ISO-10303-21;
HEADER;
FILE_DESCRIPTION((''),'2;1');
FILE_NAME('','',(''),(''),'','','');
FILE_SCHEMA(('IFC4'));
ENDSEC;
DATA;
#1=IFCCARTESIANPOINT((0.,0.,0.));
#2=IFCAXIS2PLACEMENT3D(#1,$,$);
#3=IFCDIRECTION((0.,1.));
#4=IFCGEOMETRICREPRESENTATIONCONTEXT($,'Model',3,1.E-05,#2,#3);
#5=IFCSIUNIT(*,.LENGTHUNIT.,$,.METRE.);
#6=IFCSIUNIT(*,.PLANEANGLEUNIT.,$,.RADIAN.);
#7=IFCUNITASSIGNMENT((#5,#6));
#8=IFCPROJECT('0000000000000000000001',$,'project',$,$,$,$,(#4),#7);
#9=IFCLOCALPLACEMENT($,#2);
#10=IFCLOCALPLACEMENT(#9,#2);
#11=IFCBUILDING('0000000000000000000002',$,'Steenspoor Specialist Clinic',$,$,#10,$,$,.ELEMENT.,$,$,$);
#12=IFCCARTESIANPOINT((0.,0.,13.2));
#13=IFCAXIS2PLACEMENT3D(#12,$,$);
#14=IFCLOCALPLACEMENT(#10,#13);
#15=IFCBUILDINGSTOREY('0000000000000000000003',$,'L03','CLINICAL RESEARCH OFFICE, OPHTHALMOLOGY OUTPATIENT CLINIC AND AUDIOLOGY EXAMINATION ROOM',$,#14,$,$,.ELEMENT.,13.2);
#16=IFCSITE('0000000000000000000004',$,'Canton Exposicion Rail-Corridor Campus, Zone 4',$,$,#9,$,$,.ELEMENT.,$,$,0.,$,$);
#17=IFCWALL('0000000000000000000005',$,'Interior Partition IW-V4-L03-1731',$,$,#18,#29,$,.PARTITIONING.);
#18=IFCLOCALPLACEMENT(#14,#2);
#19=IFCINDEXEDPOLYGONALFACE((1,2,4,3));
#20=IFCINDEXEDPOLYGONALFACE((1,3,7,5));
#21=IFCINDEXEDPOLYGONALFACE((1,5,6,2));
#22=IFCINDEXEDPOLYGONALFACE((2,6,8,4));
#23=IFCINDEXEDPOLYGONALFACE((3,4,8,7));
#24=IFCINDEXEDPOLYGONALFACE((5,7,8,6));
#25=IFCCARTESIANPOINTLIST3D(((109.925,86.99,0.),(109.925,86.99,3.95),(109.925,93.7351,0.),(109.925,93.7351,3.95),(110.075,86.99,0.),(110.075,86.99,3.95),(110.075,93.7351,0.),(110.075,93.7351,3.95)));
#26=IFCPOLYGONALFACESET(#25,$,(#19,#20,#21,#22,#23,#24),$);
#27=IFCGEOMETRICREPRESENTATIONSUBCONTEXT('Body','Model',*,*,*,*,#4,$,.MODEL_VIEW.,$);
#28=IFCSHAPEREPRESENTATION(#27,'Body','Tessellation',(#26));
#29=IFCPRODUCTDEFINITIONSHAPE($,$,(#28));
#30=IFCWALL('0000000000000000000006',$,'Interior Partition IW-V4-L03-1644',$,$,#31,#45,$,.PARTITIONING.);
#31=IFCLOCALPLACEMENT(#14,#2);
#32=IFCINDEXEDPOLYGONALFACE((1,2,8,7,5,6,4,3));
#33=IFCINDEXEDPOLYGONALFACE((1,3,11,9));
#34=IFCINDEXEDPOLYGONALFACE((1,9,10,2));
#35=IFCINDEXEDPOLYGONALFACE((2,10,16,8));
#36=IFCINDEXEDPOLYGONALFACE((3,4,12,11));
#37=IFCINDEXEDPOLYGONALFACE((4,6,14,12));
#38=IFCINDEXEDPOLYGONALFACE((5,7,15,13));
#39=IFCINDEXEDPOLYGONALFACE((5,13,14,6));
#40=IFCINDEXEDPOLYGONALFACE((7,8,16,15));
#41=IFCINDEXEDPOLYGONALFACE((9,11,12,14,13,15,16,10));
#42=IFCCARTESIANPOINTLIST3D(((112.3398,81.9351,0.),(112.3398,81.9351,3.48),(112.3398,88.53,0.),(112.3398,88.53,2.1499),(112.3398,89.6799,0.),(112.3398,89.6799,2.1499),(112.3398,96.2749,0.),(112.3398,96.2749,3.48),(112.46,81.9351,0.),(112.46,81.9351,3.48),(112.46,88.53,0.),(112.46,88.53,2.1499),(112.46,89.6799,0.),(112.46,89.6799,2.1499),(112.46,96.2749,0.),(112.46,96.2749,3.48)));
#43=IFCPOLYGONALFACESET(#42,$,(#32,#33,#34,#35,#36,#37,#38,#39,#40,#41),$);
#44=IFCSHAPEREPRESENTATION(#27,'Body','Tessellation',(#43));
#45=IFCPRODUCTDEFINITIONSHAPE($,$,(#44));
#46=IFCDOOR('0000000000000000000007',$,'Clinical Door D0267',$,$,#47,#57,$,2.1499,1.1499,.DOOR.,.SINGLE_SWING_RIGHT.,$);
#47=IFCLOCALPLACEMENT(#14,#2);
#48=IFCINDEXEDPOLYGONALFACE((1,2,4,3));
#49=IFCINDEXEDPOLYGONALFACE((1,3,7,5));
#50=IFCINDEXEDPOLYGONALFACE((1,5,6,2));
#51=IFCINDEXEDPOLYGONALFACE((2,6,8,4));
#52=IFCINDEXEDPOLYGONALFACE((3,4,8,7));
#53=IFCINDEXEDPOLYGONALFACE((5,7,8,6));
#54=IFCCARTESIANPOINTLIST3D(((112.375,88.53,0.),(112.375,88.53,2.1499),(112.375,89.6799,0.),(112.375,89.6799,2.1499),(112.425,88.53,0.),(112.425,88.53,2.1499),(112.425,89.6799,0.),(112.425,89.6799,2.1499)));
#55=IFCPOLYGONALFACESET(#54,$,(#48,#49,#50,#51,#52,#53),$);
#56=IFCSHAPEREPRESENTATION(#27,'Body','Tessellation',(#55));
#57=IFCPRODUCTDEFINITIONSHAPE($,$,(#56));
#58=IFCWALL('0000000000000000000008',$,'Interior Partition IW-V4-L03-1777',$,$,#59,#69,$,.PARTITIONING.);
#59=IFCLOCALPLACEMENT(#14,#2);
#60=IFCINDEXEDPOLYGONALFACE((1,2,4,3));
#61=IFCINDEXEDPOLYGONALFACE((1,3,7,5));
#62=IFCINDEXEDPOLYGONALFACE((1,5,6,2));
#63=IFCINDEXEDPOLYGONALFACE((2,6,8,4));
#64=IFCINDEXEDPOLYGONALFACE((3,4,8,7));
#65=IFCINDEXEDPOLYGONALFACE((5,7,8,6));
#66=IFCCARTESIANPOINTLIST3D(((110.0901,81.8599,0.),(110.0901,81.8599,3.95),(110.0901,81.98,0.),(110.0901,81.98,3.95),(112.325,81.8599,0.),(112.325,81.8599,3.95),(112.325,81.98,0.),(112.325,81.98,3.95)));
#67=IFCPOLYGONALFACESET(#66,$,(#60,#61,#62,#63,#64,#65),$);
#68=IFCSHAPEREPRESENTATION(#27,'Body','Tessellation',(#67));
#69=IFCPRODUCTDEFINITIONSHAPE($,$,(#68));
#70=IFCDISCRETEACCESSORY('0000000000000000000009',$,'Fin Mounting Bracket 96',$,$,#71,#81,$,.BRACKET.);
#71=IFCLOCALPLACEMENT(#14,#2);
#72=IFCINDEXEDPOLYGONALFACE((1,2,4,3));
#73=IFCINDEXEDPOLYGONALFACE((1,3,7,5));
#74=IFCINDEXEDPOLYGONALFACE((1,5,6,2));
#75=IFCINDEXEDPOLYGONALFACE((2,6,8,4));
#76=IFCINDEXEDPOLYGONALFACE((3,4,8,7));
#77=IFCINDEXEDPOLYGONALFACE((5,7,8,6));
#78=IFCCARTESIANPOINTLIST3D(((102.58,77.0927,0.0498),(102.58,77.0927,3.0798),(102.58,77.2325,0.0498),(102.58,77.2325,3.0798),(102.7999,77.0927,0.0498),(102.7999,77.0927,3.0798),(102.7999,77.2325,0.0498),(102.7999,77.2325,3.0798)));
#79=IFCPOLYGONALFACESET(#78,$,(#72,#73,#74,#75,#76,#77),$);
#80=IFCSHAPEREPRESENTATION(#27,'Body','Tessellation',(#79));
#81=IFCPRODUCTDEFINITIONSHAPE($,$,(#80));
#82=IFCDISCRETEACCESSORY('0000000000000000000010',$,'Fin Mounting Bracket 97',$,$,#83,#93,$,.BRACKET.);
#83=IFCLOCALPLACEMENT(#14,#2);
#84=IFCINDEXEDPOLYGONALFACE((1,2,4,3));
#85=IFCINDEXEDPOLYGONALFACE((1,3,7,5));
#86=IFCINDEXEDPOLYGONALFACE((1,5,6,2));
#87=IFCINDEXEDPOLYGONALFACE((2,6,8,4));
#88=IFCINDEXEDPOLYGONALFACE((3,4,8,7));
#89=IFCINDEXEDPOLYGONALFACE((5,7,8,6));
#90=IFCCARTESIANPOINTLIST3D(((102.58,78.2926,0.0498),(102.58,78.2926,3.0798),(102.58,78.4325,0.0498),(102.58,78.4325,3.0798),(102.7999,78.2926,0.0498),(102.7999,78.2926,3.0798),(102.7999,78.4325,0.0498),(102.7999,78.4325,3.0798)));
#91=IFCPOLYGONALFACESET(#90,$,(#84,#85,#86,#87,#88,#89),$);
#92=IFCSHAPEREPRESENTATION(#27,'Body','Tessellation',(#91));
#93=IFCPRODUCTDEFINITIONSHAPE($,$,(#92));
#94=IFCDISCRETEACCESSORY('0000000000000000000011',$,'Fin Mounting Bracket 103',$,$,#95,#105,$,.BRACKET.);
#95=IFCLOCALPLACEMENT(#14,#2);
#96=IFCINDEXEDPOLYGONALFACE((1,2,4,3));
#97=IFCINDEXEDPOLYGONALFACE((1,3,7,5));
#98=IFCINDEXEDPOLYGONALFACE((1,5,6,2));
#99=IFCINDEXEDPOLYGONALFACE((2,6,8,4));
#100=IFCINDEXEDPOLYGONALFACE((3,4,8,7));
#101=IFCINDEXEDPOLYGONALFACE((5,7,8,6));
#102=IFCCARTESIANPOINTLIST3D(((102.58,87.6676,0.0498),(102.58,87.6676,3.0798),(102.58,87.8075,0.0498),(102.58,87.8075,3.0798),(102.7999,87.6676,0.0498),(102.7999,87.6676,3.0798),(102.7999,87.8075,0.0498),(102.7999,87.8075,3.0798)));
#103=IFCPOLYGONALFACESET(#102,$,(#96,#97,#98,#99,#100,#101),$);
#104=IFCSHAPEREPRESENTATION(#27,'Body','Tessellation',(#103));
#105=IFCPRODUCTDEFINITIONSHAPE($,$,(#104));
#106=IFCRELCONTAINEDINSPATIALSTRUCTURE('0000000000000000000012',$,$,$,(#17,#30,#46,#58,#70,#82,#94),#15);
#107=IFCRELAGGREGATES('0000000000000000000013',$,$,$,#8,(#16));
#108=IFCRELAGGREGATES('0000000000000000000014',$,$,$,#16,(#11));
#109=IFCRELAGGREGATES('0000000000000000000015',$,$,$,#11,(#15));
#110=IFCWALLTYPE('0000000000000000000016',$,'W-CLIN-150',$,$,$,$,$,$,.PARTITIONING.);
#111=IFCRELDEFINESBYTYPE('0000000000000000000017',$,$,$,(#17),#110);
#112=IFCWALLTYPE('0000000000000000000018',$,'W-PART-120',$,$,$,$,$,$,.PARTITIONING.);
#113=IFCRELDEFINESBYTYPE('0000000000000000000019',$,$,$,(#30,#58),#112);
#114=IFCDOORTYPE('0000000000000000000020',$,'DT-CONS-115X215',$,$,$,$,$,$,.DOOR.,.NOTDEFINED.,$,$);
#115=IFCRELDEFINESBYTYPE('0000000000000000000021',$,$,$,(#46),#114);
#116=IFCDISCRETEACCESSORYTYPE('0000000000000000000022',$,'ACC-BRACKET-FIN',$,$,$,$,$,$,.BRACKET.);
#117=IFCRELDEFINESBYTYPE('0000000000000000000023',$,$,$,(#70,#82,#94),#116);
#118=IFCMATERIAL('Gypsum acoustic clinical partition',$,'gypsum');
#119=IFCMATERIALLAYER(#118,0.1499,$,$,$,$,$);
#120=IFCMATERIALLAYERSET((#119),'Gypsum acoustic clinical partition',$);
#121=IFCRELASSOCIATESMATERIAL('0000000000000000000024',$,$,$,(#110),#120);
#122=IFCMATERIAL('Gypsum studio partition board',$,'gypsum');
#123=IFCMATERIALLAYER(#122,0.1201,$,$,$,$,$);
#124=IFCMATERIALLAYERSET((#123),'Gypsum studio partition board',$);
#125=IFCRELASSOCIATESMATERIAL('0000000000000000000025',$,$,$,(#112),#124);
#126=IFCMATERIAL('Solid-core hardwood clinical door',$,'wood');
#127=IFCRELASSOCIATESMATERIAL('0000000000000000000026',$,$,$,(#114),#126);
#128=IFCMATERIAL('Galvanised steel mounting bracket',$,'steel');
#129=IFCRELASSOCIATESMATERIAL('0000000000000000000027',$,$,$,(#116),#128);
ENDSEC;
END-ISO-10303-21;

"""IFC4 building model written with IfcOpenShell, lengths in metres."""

from ifc_helpers import new_model, si_unit, direction, frame, frame_2d, origin, origin_2d, place, context, subcontext, project, spatial, rectangle, extrude, material, layer, layer_set, type_object, element, fill, save


model = new_model("IFC4")

# Units and contexts
model_context = context("Model", 3, precision=1e-05, world=origin(), true_north=direction((0.0, 1.0)))
body_context = subcontext(model_context, "Body", "Model", "MODEL_VIEW")
ifc_project = project(units=[si_unit("LENGTHUNIT", "METRE"), si_unit("PLANEANGLEUNIT", "RADIAN")], contexts=[model_context])

# Site, building, storey
site_placement = place(None, origin())
site = spatial("IfcSite", under=ifc_project, at=site_placement, Name="Canton Exposicion Rail-Corridor Campus, Zone 4", CompositionType="ELEMENT", RefElevation=0.0)
building_placement = place(site_placement, origin())
building = spatial("IfcBuilding", under=site, at=building_placement, Name="Steenspoor Specialist Clinic", CompositionType="ELEMENT")
storey_placement = place(building_placement, frame((0.0, 0.0, 13.2)))
storey = spatial("IfcBuildingStorey", under=building, at=storey_placement, Name="L03", Description="CLINICAL RESEARCH OFFICE, OPHTHALMOLOGY OUTPATIENT CLINIC AND AUDIOLOGY EXAMINATION ROOM", CompositionType="ELEMENT", Elevation=13.2)

# Wall
ifc_material_1 = material(Name="Gypsum acoustic clinical partition", Category="gypsum")
ifc_layer_1 = layer(ifc_material_1, 0.1499)
ifc_layer_set_1 = layer_set([ifc_layer_1], Name="Gypsum acoustic clinical partition")
wall_type_1 = type_object("IfcWallType", Name="W-CLIN-150", PredefinedType="PARTITIONING", material=ifc_layer_set_1)
wall_1_placement = place(storey_placement, frame((110.0, 86.99, 0.0), z_axis=(0.0, 0.0, 1.0), x_axis=(0.0, 1.0, 0.0)))
element("IfcWall", 1, at=wall_1_placement, inside=storey, type_object=wall_type_1, Name="Interior Partition IW-V4-L03-1731", PredefinedType="PARTITIONING", context=body_context, shape_type="SweptSolid", body=[
    extrude(rectangle(XDim=6.7451, YDim=0.1499, at=frame_2d((3.3726, 0.0))), origin(), (0.0, 0.0, 1.0), 3.95),
])

# Wall, opening, door
ifc_material_2 = material(Name="Gypsum studio partition board", Category="gypsum")
ifc_layer_2 = layer(ifc_material_2, 0.1201)
ifc_layer_set_2 = layer_set([ifc_layer_2], Name="Gypsum studio partition board")
wall_type_2 = type_object("IfcWallType", Name="W-PART-120", PredefinedType="PARTITIONING", material=ifc_layer_set_2)
wall_2_placement = place(storey_placement, frame((112.3999, 81.9351, 0.0), z_axis=(0.0, 0.0, 1.0), x_axis=(0.0, 1.0, 0.0)))
wall_2 = element("IfcWall", 2, at=wall_2_placement, inside=storey, type_object=wall_type_2, Name="Interior Partition IW-V4-L03-1644", PredefinedType="PARTITIONING", context=body_context, shape_type="SweptSolid", body=[
    extrude(rectangle(XDim=14.3398, YDim=0.1201, at=frame_2d((7.1699, 0.0))), origin(), (0.0, 0.0, 1.0), 3.48),
])
opening_1_placement = place(wall_2_placement, frame((6.595, 0.0, 0.0)))
opening_1 = element("IfcOpeningElement", 3, at=opening_1_placement, cuts=wall_2, PredefinedType="OPENING", context=body_context, shape_type="SweptSolid", body=[
    extrude(rectangle(XDim=1.1499, YDim=2.1499, at=frame_2d((0.575, 1.075))), frame((0.0, 0.0701, 0.0), z_axis=(0.0, -1.0, 0.0), x_axis=(1.0, 0.0, 0.0)), (0.0, 0.0, 1.0), 0.1401),
])
ifc_material_3 = material(Name="Solid-core hardwood clinical door", Category="wood")
door_type = type_object("IfcDoorType", Name="DT-CONS-115X215", OperationType="NOTDEFINED", PredefinedType="DOOR", material=ifc_material_3)
door_placement = place(opening_1_placement, origin())
door = element("IfcDoor", 4, at=door_placement, inside=storey, type_object=door_type, Name="Clinical Door D0267", OperationType="SINGLE_SWING_RIGHT", OverallHeight=2.1499, OverallWidth=1.1499, PredefinedType="DOOR", context=body_context, shape_type="SweptSolid", body=[
    extrude(rectangle(XDim=1.1499, YDim=2.1499, at=frame_2d((0.575, 1.075))), frame((0.0, 0.0249, 0.0), z_axis=(0.0, -1.0, 0.0), x_axis=(1.0, 0.0, 0.0)), (0.0, 0.0, 1.0), 0.05),
])
fill(opening_1, door)

# Wall
wall_3_placement = place(storey_placement, frame((110.0901, 81.9199, 0.0), z_axis=(0.0, 0.0, 1.0), x_axis=(1.0, 0.0, 0.0)))
element("IfcWall", 5, at=wall_3_placement, inside=storey, type_object=wall_type_2, Name="Interior Partition IW-V4-L03-1777", PredefinedType="PARTITIONING", context=body_context, shape_type="SweptSolid", body=[
    extrude(rectangle(XDim=2.2349, YDim=0.1201, at=frame_2d((1.1174, 0.0))), origin(), (0.0, 0.0, 1.0), 3.95),
])

# Discrete accessories
ifc_material_4 = material(Name="Galvanised steel mounting bracket", Category="steel")
discrete_accessory_type = type_object("IfcDiscreteAccessoryType", Name="ACC-BRACKET-FIN", PredefinedType="BRACKET", material=ifc_material_4)
for number, where, z_axis, x_axis, name in (
    (6, (102.6899, 77.1626, 0.0498), (0.0, 0.0, 1.0), (-1.0, 0.0, 0.0), "Fin Mounting Bracket 96"),
    (7, (102.6899, 78.3625, 0.0498), (0.0, 0.0, 1.0), (-1.0, 0.0, 0.0), "Fin Mounting Bracket 97"),
    (8, (102.6899, 87.7375, 0.0498), (0.0, 0.0, 1.0), (-1.0, 0.0, 0.0), "Fin Mounting Bracket 103"),
):
    element("IfcDiscreteAccessory", number, at=place(storey_placement, frame(where, z_axis=z_axis, x_axis=x_axis)), inside=storey, type_object=discrete_accessory_type, Name=name, PredefinedType="BRACKET", context=body_context, shape_type="SweptSolid", body=[
        extrude(rectangle(XDim=0.22, YDim=0.1399, at=origin_2d()), origin(), (0.0, 0.0, 1.0), 3.03),
    ])

save(model, "model.ifc")
